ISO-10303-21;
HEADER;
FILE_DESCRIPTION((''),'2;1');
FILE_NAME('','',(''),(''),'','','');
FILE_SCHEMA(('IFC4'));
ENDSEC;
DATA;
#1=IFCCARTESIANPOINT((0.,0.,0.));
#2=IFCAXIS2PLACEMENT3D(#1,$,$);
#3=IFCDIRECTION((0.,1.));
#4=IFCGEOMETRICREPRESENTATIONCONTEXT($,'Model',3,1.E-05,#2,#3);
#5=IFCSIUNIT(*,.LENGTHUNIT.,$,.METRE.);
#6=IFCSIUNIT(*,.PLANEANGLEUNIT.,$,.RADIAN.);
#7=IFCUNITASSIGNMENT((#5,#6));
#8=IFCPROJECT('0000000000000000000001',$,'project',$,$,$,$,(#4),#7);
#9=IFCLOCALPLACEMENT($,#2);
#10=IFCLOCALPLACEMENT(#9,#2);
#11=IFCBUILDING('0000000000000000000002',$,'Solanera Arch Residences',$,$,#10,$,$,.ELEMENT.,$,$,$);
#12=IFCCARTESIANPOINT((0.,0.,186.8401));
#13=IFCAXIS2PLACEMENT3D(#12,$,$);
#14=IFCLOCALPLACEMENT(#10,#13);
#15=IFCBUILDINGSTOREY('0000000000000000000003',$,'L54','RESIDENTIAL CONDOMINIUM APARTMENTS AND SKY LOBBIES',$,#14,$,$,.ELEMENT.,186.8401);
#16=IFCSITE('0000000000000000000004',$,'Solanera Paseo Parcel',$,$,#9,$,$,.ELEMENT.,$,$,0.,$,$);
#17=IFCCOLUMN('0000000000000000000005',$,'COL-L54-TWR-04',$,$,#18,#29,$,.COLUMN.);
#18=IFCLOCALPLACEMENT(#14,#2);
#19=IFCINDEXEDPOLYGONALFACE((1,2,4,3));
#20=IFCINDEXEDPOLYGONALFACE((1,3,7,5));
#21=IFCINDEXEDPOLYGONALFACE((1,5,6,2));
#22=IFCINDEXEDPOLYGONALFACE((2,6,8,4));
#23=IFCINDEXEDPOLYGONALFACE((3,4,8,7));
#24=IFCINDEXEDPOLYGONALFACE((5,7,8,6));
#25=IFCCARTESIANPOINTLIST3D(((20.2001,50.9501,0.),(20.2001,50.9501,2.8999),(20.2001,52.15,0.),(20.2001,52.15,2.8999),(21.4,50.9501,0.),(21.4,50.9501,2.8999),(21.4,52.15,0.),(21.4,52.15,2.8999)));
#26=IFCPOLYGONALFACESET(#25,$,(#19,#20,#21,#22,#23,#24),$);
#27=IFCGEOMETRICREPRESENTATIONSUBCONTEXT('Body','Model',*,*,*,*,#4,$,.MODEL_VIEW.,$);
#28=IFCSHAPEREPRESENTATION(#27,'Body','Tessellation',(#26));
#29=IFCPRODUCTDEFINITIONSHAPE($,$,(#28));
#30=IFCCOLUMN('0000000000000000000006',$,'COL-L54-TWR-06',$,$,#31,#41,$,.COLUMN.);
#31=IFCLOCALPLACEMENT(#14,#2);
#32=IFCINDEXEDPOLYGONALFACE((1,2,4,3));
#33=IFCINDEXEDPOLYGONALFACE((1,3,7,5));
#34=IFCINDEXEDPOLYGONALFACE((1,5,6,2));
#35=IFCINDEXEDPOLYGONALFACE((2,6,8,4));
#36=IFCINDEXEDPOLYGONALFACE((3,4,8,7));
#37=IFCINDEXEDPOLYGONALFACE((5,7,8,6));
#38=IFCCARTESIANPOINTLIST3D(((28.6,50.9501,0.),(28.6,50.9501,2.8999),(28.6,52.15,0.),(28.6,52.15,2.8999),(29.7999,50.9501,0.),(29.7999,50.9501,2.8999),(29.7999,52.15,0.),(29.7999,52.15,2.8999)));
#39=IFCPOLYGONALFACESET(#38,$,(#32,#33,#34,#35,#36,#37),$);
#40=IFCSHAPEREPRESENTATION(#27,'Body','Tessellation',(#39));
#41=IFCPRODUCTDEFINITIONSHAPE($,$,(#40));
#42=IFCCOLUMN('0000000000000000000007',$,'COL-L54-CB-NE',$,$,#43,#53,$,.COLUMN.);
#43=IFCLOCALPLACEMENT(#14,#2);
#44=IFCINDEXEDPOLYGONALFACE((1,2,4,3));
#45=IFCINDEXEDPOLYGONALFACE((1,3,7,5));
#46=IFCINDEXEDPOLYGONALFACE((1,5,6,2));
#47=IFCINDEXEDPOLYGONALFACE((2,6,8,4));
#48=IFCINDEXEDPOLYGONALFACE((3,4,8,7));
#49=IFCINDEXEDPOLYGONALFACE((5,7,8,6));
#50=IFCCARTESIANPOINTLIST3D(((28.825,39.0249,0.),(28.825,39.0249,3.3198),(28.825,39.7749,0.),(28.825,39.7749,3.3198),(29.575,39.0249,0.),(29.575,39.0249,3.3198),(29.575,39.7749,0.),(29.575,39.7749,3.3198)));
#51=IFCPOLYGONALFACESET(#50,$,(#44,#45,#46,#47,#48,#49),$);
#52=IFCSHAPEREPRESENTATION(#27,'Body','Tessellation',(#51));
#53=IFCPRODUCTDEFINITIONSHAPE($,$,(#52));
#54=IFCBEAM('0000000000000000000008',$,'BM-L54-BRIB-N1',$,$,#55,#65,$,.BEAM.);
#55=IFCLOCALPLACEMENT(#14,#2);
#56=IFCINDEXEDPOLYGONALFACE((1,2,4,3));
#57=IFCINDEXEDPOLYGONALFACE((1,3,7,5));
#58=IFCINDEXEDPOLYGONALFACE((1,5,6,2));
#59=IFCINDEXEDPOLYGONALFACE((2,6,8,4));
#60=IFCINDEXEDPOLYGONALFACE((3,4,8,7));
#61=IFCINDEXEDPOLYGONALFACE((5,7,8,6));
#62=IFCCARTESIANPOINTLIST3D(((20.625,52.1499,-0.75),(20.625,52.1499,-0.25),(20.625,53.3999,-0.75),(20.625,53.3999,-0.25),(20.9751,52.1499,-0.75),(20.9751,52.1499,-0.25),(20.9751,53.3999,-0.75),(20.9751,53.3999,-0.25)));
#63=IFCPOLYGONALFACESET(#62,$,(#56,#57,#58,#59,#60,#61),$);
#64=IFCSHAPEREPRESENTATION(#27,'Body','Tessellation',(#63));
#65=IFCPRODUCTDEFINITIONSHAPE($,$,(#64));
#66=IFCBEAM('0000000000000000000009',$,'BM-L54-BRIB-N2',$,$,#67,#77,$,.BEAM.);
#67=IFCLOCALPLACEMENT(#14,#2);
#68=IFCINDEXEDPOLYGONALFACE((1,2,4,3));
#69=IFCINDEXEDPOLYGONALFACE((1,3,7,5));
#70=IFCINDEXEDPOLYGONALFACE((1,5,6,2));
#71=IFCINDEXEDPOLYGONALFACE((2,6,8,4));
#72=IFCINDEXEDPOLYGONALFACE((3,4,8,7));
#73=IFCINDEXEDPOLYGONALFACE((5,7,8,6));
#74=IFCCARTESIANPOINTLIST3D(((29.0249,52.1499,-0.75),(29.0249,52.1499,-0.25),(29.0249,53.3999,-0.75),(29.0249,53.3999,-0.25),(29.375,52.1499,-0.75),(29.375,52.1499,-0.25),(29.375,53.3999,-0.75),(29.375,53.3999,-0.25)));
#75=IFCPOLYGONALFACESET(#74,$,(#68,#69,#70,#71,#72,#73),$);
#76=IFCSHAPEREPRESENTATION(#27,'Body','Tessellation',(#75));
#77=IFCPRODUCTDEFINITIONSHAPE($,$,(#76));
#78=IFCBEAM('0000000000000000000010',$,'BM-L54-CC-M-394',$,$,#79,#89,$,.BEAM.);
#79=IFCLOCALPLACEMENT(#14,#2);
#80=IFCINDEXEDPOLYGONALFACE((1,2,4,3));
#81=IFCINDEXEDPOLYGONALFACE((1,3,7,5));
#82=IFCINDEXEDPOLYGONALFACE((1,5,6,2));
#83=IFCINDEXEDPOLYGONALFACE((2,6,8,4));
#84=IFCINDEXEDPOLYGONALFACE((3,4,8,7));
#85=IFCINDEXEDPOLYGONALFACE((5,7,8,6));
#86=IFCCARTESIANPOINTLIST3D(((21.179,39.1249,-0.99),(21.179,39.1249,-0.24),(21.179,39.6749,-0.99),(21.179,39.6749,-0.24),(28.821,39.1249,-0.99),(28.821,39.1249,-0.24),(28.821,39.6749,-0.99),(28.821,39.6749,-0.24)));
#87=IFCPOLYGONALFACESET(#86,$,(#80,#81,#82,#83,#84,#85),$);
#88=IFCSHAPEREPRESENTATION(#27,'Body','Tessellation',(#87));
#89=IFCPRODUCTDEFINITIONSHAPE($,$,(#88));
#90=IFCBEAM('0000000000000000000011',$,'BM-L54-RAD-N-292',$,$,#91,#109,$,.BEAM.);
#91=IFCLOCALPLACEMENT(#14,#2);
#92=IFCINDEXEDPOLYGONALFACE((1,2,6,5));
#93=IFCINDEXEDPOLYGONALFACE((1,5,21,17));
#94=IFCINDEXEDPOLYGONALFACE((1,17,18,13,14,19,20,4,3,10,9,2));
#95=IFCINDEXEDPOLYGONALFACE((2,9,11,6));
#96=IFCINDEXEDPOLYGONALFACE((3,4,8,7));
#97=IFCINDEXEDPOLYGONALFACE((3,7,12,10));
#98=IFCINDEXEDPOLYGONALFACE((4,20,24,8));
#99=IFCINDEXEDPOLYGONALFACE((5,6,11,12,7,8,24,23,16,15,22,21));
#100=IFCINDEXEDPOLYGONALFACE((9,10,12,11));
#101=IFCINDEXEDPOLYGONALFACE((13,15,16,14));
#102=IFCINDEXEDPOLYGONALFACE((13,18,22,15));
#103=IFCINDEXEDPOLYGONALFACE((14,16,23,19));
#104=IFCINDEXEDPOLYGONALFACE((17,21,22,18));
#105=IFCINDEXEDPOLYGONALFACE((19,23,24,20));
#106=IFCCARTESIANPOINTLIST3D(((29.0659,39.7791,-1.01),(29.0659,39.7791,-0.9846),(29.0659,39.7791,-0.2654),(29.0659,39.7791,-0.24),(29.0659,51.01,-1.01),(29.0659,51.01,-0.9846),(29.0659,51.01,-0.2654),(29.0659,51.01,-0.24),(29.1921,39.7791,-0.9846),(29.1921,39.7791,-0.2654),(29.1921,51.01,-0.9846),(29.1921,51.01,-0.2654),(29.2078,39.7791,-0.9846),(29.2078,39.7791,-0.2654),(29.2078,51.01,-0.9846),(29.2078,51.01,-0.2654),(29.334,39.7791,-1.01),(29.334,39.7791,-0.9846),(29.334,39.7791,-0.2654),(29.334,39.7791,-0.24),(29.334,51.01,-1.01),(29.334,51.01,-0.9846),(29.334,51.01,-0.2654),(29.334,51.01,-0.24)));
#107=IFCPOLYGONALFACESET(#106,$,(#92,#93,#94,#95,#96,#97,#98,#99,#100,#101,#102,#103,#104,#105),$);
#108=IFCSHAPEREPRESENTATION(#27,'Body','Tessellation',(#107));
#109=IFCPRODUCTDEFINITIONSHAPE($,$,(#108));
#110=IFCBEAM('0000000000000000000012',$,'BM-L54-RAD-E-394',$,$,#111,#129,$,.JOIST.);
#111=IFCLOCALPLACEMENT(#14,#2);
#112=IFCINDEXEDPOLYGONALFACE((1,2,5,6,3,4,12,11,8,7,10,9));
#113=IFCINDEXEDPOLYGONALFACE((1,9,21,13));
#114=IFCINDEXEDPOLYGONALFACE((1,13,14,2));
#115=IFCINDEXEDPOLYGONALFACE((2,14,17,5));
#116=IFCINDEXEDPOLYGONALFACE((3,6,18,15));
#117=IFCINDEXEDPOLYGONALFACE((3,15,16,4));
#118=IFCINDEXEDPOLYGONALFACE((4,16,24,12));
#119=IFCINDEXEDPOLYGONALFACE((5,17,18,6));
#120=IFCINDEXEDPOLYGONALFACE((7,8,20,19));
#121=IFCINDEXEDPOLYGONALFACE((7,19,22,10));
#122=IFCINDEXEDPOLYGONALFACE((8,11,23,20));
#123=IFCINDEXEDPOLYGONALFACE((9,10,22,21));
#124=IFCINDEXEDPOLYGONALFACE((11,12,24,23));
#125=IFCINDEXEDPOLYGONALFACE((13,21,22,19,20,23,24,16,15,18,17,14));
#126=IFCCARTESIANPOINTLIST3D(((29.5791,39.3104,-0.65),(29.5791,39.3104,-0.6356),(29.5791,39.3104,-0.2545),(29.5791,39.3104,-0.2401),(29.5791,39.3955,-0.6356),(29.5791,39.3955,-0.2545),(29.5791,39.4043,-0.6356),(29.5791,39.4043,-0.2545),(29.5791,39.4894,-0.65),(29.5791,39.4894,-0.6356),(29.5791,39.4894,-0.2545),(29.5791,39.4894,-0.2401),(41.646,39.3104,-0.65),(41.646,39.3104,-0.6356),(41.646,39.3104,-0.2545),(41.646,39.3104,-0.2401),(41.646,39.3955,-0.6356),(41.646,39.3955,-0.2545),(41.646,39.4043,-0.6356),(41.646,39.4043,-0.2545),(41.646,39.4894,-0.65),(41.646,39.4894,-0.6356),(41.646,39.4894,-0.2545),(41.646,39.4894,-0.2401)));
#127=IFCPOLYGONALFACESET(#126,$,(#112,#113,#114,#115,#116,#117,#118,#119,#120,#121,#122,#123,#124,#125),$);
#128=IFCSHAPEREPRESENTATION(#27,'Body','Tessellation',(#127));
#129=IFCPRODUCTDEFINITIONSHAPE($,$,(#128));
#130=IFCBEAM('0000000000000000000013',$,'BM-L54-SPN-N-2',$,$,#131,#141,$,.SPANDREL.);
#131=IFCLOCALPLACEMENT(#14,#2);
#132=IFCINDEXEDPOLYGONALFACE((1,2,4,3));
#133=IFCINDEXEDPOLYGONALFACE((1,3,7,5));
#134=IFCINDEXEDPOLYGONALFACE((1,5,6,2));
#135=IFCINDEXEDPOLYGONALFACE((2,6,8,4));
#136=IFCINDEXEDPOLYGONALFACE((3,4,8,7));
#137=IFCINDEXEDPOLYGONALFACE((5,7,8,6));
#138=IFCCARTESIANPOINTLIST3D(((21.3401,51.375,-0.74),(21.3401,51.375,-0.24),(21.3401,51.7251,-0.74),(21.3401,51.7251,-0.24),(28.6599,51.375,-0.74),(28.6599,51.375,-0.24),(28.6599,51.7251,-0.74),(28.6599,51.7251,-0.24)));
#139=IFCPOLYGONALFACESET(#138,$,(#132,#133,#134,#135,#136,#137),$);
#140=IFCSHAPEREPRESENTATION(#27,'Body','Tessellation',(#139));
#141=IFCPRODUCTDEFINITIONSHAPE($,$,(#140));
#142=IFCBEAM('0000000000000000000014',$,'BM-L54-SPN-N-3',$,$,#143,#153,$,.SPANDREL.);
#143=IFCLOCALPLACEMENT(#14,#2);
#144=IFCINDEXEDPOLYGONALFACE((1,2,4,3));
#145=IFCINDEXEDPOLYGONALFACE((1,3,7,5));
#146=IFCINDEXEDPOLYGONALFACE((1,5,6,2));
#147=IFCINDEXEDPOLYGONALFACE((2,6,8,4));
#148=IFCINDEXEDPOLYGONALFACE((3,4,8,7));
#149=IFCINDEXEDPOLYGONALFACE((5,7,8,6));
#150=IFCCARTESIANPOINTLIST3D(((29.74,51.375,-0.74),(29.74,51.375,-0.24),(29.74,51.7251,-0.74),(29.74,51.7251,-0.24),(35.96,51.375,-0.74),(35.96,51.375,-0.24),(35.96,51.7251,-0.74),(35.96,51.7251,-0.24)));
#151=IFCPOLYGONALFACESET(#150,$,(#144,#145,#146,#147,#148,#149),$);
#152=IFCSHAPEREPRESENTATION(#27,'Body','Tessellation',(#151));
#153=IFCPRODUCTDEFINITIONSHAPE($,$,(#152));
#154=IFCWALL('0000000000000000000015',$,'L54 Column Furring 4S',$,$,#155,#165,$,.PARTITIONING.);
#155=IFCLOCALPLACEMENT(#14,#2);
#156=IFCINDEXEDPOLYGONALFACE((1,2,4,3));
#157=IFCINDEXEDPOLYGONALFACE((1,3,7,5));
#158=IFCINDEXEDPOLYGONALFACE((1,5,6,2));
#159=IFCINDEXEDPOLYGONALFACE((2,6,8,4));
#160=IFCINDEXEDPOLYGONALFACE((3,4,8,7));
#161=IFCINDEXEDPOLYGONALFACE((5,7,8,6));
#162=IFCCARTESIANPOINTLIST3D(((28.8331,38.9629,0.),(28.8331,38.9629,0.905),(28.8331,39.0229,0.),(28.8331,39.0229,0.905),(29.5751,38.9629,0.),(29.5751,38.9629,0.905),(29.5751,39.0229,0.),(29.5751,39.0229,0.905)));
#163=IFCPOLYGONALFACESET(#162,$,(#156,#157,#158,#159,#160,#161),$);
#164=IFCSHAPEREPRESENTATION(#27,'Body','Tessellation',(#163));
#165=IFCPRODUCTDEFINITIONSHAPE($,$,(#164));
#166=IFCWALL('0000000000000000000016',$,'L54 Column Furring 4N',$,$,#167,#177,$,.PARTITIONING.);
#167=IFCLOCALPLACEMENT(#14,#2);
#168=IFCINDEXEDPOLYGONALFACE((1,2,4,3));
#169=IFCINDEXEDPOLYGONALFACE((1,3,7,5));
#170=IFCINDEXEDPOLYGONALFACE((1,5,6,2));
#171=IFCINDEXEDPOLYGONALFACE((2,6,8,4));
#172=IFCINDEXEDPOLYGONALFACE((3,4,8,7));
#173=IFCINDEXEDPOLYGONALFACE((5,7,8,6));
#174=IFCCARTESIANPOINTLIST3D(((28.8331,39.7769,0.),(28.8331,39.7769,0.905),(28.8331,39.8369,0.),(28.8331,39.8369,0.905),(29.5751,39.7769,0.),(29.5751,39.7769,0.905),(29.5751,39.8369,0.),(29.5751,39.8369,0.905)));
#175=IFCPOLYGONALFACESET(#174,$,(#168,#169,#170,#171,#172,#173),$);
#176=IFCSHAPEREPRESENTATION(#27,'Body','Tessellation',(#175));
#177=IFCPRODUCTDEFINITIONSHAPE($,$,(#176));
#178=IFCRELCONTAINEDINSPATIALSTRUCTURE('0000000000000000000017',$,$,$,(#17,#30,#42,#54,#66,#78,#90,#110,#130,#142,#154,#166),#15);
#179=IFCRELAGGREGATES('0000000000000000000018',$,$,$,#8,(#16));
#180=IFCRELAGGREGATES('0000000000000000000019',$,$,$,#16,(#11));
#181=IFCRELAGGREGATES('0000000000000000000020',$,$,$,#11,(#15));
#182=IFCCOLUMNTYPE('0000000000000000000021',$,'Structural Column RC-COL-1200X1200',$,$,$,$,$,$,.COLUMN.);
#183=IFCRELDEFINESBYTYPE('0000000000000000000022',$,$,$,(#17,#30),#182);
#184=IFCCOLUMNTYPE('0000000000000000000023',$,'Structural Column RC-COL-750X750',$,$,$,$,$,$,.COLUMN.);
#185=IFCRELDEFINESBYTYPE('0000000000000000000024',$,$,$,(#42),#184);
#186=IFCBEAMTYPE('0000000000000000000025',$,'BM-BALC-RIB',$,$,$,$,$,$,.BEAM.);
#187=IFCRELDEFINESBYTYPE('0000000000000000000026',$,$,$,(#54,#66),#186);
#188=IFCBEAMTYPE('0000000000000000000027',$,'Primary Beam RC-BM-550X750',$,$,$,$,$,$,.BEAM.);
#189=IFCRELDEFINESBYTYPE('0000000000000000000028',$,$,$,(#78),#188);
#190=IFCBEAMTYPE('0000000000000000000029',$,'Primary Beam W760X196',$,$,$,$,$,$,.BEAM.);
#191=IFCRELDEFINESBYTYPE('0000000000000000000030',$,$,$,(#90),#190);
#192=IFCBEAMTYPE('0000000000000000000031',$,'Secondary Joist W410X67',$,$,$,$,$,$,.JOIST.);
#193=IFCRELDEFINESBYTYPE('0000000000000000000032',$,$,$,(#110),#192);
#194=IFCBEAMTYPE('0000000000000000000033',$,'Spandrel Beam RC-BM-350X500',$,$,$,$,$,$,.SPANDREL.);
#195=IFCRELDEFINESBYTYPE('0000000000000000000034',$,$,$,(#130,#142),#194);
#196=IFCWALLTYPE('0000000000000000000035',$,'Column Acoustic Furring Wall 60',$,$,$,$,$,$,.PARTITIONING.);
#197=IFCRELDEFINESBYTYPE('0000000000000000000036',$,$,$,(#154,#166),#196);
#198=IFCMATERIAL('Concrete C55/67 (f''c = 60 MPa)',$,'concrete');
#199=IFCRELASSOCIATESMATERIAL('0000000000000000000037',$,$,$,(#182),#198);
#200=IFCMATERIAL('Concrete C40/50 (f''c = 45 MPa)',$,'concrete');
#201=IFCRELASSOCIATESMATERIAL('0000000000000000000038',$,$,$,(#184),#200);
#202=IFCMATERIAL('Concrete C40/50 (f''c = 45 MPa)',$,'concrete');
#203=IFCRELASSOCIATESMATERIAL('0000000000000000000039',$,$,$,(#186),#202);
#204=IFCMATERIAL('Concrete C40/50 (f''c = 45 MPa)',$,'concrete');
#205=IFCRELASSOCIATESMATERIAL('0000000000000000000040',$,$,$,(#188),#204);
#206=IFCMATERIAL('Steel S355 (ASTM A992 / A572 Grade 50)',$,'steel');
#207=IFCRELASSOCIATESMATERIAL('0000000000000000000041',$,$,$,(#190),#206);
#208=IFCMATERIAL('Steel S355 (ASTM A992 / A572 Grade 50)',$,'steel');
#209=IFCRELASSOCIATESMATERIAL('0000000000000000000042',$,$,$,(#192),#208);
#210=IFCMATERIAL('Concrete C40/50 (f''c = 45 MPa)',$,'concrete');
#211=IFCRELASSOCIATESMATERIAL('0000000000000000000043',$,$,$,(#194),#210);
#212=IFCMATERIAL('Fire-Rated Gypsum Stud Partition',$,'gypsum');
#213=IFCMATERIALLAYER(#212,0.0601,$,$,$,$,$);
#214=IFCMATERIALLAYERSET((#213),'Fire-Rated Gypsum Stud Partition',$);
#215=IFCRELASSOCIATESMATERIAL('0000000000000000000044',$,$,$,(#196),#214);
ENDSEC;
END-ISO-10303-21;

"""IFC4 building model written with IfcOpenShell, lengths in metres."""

from ifc_helpers import new_model, si_unit, direction, frame, frame_2d, origin, origin_2d, place, context, subcontext, project, spatial, rectangle, i_section, extrude, material, layer, layer_set, material_profile, profile_set, type_object, element, save


model = new_model("IFC4")

# Units and contexts
model_context = context("Model", 3, precision=1e-05, world=origin(), true_north=direction((0.0, 1.0)))
body_context = subcontext(model_context, "Body", "Model", "MODEL_VIEW")
ifc_project = project(units=[si_unit("LENGTHUNIT", "METRE"), si_unit("PLANEANGLEUNIT", "RADIAN")], contexts=[model_context])

# Site, building, storey
site_placement = place(None, origin())
site = spatial("IfcSite", under=ifc_project, at=site_placement, Name="Solanera Paseo Parcel", CompositionType="ELEMENT", RefElevation=0.0)
building_placement = place(site_placement, origin())
building = spatial("IfcBuilding", under=site, at=building_placement, Name="Solanera Arch Residences", CompositionType="ELEMENT")
storey_placement = place(building_placement, frame((0.0, 0.0, 186.8401)))
storey = spatial("IfcBuildingStorey", under=building, at=storey_placement, Name="L54", Description="RESIDENTIAL CONDOMINIUM APARTMENTS AND SKY LOBBIES", CompositionType="ELEMENT", Elevation=186.8401)

# Columns
ifc_material_1 = material(Name="Concrete C55/67 (f'c = 60 MPa)", Category="concrete")
ifc_material_profile_1 = material_profile(ifc_material_1, rectangle(XDim=1.2, YDim=1.2, at=origin_2d()))
ifc_profile_set_1 = profile_set([ifc_material_profile_1], Name="Concrete C55/67 (f'c = 60 MPa)")
column_type_1 = type_object("IfcColumnType", Name="Structural Column RC-COL-1200X1200", PredefinedType="COLUMN", material=ifc_profile_set_1)
for number, where, z_axis, x_axis, name in (
    (1, (20.8, 51.55, 0.0), (0.0, 0.0, 1.0), (1.0, 0.0, 0.0), "COL-L54-TWR-04"),
    (2, (29.2, 51.55, 0.0), (0.0, 0.0, 1.0), (1.0, 0.0, 0.0), "COL-L54-TWR-06"),
):
    element("IfcColumn", number, at=place(storey_placement, frame(where, z_axis=z_axis, x_axis=x_axis)), inside=storey, type_object=column_type_1, Name=name, PredefinedType="COLUMN", context=body_context, shape_type="SweptSolid", body=[
        extrude(rectangle(XDim=1.2, YDim=1.2, at=origin_2d()), origin(), (0.0, 0.0, 1.0), 2.8999),
    ])
ifc_material_2 = material(Name="Concrete C40/50 (f'c = 45 MPa)", Category="concrete")
ifc_material_profile_2 = material_profile(ifc_material_2, rectangle(XDim=0.75, YDim=0.75, at=origin_2d()))
ifc_profile_set_2 = profile_set([ifc_material_profile_2], Name="Concrete C40/50 (f'c = 45 MPa)")
column_type_2 = type_object("IfcColumnType", Name="Structural Column RC-COL-750X750", PredefinedType="COLUMN", material=ifc_profile_set_2)
column_placement = place(storey_placement, frame((29.2, 39.3999, 0.0), z_axis=(0.0, 0.0, 1.0), x_axis=(1.0, 0.0, 0.0)))
element("IfcColumn", 3, at=column_placement, inside=storey, type_object=column_type_2, Name="COL-L54-CB-NE", PredefinedType="COLUMN", context=body_context, shape_type="SweptSolid", body=[
    extrude(rectangle(XDim=0.75, YDim=0.75, at=origin_2d()), origin(), (0.0, 0.0, 1.0), 3.3198),
])

# Beams
ifc_material_3 = material(Name="Concrete C40/50 (f'c = 45 MPa)", Category="concrete")
ifc_material_profile_3 = material_profile(ifc_material_3, rectangle(XDim=0.3501, YDim=0.5, at=origin_2d()))
ifc_profile_set_3 = profile_set([ifc_material_profile_3], Name="Concrete C40/50 (f'c = 45 MPa)")
beam_type_1 = type_object("IfcBeamType", Name="BM-BALC-RIB", PredefinedType="BEAM", material=ifc_profile_set_3)
for number, where, z_axis, x_axis, name in (
    (4, (20.8, 52.1499, -0.5), (0.0, 1.0, 0.0), (-1.0, 0.0, 0.0), "BM-L54-BRIB-N1"),
    (5, (29.2, 52.1499, -0.5), (0.0, 1.0, 0.0), (-1.0, 0.0, 0.0), "BM-L54-BRIB-N2"),
):
    element("IfcBeam", number, at=place(storey_placement, frame(where, z_axis=z_axis, x_axis=x_axis)), inside=storey, type_object=beam_type_1, Name=name, PredefinedType="BEAM", context=body_context, shape_type="SweptSolid", body=[
        extrude(rectangle(XDim=0.3501, YDim=0.5, at=origin_2d()), origin(), (0.0, 0.0, 1.0), 1.25),
    ])
ifc_material_4 = material(Name="Concrete C40/50 (f'c = 45 MPa)", Category="concrete")
ifc_material_profile_4 = material_profile(ifc_material_4, rectangle(XDim=0.55, YDim=0.75, at=origin_2d()))
ifc_profile_set_4 = profile_set([ifc_material_profile_4], Name="Concrete C40/50 (f'c = 45 MPa)")
beam_type_2 = type_object("IfcBeamType", Name="Primary Beam RC-BM-550X750", PredefinedType="BEAM", material=ifc_profile_set_4)
beam_1_placement = place(storey_placement, frame((21.179, 39.3999, -0.615), z_axis=(1.0, 0.0, 0.0), x_axis=(0.0, 1.0, 0.0)))
element("IfcBeam", 6, at=beam_1_placement, inside=storey, type_object=beam_type_2, Name="BM-L54-CC-M-394", PredefinedType="BEAM", context=body_context, shape_type="SweptSolid", body=[
    extrude(rectangle(XDim=0.55, YDim=0.75, at=origin_2d()), origin(), (0.0, 0.0, 1.0), 7.6421),
])
ifc_material_5 = material(Name="Steel S355 (ASTM A992 / A572 Grade 50)", Category="steel")
ifc_material_profile_5 = material_profile(ifc_material_5, i_section(OverallWidth=0.2681, OverallDepth=0.77, WebThickness=0.0156, FlangeThickness=0.0254, at=origin_2d()))
ifc_profile_set_5 = profile_set([ifc_material_profile_5], Name="Steel S355 (ASTM A992 / A572 Grade 50)")
beam_type_3 = type_object("IfcBeamType", Name="Primary Beam W760X196", PredefinedType="BEAM", material=ifc_profile_set_5)
beam_2_placement = place(storey_placement, frame((29.2, 39.7791, -0.625), z_axis=(0.0, 1.0, 0.0), x_axis=(-1.0, 0.0, 0.0)))
element("IfcBeam", 7, at=beam_2_placement, inside=storey, type_object=beam_type_3, Name="BM-L54-RAD-N-292", PredefinedType="BEAM", context=body_context, shape_type="SweptSolid", body=[
    extrude(i_section(OverallWidth=0.2681, OverallDepth=0.77, WebThickness=0.0156, FlangeThickness=0.0254, at=origin_2d()), origin(), (0.0, 0.0, 1.0), 11.231),
])
ifc_material_6 = material(Name="Steel S355 (ASTM A992 / A572 Grade 50)", Category="steel")
ifc_material_profile_6 = material_profile(ifc_material_6, i_section(OverallWidth=0.179, OverallDepth=0.4099, WebThickness=0.0088, FlangeThickness=0.0144, at=origin_2d()))
ifc_profile_set_6 = profile_set([ifc_material_profile_6], Name="Steel S355 (ASTM A992 / A572 Grade 50)")
beam_type_4 = type_object("IfcBeamType", Name="Secondary Joist W410X67", PredefinedType="JOIST", material=ifc_profile_set_6)
beam_3_placement = place(storey_placement, frame((29.5791, 39.3999, -0.4451), z_axis=(1.0, 0.0, 0.0), x_axis=(0.0, 1.0, 0.0)))
element("IfcBeam", 8, at=beam_3_placement, inside=storey, type_object=beam_type_4, Name="BM-L54-RAD-E-394", PredefinedType="JOIST", context=body_context, shape_type="SweptSolid", body=[
    extrude(i_section(OverallWidth=0.179, OverallDepth=0.4099, WebThickness=0.0088, FlangeThickness=0.0144, at=origin_2d()), origin(), (0.0, 0.0, 1.0), 12.0669),
])
ifc_material_7 = material(Name="Concrete C40/50 (f'c = 45 MPa)", Category="concrete")
ifc_material_profile_7 = material_profile(ifc_material_7, rectangle(XDim=0.3501, YDim=0.5, at=origin_2d()))
ifc_profile_set_7 = profile_set([ifc_material_profile_7], Name="Concrete C40/50 (f'c = 45 MPa)")
beam_type_5 = type_object("IfcBeamType", Name="Spandrel Beam RC-BM-350X500", PredefinedType="SPANDREL", material=ifc_profile_set_7)
beam_4_placement = place(storey_placement, frame((21.3401, 51.55, -0.49), z_axis=(1.0, 0.0, 0.0), x_axis=(0.0, 1.0, 0.0)))
element("IfcBeam", 9, at=beam_4_placement, inside=storey, type_object=beam_type_5, Name="BM-L54-SPN-N-2", PredefinedType="SPANDREL", context=body_context, shape_type="SweptSolid", body=[
    extrude(rectangle(XDim=0.3501, YDim=0.5, at=origin_2d()), origin(), (0.0, 0.0, 1.0), 7.3198),
])
beam_5_placement = place(storey_placement, frame((29.74, 51.55, -0.49), z_axis=(1.0, 0.0, 0.0), x_axis=(0.0, 1.0, 0.0)))
element("IfcBeam", 10, at=beam_5_placement, inside=storey, type_object=beam_type_5, Name="BM-L54-SPN-N-3", PredefinedType="SPANDREL", context=body_context, shape_type="SweptSolid", body=[
    extrude(rectangle(XDim=0.3501, YDim=0.5, at=origin_2d()), origin(), (0.0, 0.0, 1.0), 6.22),
])

# Walls
ifc_material_8 = material(Name="Fire-Rated Gypsum Stud Partition", Category="gypsum")
ifc_layer_1 = layer(ifc_material_8, 0.0601)
ifc_layer_set_1 = layer_set([ifc_layer_1], Name="Fire-Rated Gypsum Stud Partition")
wall_type_1 = type_object("IfcWallType", Name="Column Acoustic Furring Wall 60", PredefinedType="PARTITIONING", material=ifc_layer_set_1)
for number, where, z_axis, x_axis, name in (
    (11, (28.833, 38.9929, 0.0), (0.0, 0.0, 1.0), (1.0, 0.0, 0.0), "L54 Column Furring 4S"),
    (12, (28.833, 39.8069, 0.0), (0.0, 0.0, 1.0), (1.0, 0.0, 0.0), "L54 Column Furring 4N"),
):
    element("IfcWall", number, at=place(storey_placement, frame(where, z_axis=z_axis, x_axis=x_axis)), inside=storey, type_object=wall_type_1, Name=name, PredefinedType="PARTITIONING", context=body_context, shape_type="SweptSolid", body=[
        extrude(rectangle(XDim=0.7419, YDim=0.0601, at=frame_2d((0.3711, 0.0))), origin(), (0.0, 0.0, 1.0), 0.905),
    ])

save(model, "model.ifc")
